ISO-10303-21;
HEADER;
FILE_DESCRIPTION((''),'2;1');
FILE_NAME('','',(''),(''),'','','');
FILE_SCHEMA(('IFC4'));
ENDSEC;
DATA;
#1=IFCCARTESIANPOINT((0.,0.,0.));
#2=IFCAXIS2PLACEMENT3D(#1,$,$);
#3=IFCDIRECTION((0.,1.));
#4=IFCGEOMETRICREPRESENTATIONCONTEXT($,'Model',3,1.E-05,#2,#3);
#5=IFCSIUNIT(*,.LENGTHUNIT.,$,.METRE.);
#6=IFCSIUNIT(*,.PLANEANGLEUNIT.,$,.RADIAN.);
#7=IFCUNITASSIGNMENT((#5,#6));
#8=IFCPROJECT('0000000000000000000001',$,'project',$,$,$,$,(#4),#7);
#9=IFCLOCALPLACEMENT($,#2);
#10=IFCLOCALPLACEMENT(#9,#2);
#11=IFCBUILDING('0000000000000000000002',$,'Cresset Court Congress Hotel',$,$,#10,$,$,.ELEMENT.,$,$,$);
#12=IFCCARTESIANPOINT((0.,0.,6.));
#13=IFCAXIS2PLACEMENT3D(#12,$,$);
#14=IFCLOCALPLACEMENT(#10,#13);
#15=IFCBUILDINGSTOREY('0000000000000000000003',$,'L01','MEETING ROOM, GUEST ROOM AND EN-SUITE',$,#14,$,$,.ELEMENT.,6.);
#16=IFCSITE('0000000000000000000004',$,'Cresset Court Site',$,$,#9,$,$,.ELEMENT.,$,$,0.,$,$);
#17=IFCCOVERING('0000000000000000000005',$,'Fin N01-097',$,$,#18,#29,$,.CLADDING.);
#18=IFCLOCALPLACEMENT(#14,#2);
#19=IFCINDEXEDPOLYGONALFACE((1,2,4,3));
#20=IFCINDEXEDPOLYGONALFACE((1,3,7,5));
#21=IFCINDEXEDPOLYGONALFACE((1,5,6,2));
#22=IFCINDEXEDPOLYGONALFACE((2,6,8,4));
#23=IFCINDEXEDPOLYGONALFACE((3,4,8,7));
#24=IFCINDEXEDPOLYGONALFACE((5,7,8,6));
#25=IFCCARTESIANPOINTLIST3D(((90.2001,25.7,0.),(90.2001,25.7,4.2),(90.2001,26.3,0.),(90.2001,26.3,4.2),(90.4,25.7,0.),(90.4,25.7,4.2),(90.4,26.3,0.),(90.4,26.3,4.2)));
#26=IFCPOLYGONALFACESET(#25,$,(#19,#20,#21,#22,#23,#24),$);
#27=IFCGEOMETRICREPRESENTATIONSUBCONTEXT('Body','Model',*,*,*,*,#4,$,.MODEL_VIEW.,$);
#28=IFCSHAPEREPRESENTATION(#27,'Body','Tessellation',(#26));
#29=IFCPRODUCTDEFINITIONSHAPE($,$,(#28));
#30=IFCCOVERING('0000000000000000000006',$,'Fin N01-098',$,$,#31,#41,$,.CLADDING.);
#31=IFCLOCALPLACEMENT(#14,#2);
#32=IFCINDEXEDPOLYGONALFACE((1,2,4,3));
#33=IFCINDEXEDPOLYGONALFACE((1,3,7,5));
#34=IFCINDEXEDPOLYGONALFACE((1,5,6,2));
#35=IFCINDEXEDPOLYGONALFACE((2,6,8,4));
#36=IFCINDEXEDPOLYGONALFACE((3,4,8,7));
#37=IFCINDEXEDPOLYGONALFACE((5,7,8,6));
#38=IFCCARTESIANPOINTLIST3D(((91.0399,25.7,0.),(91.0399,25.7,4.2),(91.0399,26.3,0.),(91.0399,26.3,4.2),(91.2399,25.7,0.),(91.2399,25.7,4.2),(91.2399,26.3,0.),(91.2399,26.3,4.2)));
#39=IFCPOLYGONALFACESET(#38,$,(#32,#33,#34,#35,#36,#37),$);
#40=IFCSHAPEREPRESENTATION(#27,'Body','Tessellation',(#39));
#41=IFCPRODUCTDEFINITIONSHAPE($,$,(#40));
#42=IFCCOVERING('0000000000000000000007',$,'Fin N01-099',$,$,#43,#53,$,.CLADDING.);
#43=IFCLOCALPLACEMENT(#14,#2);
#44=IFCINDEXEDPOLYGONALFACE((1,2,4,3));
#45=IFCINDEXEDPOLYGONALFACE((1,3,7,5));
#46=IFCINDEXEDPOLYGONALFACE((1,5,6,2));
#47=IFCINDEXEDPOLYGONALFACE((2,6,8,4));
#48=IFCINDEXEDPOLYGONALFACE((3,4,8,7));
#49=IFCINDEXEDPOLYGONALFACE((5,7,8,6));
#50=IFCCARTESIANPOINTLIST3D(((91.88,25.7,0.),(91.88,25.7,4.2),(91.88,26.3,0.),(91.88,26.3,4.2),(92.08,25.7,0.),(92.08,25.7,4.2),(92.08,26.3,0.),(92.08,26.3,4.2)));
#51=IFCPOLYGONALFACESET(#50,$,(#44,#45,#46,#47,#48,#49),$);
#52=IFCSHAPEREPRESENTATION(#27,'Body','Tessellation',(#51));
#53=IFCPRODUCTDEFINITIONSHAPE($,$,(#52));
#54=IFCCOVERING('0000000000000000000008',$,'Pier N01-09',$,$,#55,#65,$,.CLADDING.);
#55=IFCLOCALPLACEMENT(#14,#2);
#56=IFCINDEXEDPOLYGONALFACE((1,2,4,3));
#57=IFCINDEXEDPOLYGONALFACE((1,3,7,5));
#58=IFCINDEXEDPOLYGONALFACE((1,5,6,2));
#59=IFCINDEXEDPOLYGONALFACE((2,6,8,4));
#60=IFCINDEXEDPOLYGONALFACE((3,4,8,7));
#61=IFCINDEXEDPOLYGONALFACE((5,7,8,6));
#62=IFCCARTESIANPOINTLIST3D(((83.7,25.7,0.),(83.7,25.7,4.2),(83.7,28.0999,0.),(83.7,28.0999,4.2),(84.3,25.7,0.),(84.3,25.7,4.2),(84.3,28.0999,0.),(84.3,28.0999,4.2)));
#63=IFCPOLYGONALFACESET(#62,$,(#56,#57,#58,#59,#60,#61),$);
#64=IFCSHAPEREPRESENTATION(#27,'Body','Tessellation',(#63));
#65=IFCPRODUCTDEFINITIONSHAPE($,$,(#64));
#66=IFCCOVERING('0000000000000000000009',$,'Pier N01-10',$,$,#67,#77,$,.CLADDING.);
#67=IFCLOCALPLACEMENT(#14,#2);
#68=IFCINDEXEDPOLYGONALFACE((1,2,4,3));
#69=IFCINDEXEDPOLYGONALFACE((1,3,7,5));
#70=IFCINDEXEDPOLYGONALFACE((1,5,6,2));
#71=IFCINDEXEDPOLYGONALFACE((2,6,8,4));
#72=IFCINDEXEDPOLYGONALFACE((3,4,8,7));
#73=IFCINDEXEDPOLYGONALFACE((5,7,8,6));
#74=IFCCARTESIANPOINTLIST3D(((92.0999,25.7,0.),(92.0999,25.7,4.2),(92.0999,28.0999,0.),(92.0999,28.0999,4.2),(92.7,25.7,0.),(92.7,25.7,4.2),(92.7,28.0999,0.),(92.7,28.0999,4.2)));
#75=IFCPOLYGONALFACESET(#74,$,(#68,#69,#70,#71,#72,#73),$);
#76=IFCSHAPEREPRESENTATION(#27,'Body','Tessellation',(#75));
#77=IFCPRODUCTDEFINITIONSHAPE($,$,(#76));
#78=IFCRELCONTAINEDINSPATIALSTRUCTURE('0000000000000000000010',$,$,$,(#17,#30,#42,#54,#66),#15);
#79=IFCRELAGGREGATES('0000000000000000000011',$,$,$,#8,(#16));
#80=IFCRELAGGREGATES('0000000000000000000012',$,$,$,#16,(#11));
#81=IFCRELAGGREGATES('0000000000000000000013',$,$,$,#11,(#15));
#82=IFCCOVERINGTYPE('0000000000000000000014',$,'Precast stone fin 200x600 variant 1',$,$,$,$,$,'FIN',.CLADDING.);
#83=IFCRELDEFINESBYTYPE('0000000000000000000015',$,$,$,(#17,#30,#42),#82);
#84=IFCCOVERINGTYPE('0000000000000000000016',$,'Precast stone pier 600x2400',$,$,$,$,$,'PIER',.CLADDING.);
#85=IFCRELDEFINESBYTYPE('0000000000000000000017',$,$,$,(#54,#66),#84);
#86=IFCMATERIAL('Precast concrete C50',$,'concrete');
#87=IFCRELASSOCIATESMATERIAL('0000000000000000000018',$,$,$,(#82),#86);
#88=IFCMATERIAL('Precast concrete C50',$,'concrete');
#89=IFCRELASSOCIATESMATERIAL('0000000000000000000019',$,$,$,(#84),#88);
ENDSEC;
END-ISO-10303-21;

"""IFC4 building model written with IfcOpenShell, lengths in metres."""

from ifc_helpers import new_model, si_unit, direction, frame, origin, origin_2d, place, context, subcontext, project, spatial, rectangle, extrude, material, type_object, element, save


model = new_model("IFC4")

# Units and contexts
model_context = context("Model", 3, precision=1e-05, world=origin(), true_north=direction((0.0, 1.0)))
body_context = subcontext(model_context, "Body", "Model", "MODEL_VIEW")
ifc_project = project(units=[si_unit("LENGTHUNIT", "METRE"), si_unit("PLANEANGLEUNIT", "RADIAN")], contexts=[model_context])

# Site, building, storey
site_placement = place(None, origin())
site = spatial("IfcSite", under=ifc_project, at=site_placement, Name="Cresset Court Site", CompositionType="ELEMENT", RefElevation=0.0)
building_placement = place(site_placement, origin())
building = spatial("IfcBuilding", under=site, at=building_placement, Name="Cresset Court Congress Hotel", CompositionType="ELEMENT")
storey_placement = place(building_placement, frame((0.0, 0.0, 6.0)))
storey = spatial("IfcBuildingStorey", under=building, at=storey_placement, Name="L01", Description="MEETING ROOM, GUEST ROOM AND EN-SUITE", CompositionType="ELEMENT", Elevation=6.0)

# Coverings
ifc_material_1 = material(Name="Precast concrete C50", Category="concrete")
covering_type_1 = type_object("IfcCoveringType", Name="Precast stone fin 200x600 variant 1", ElementType="FIN", PredefinedType="CLADDING", material=ifc_material_1)
for number, where, z_axis, x_axis, name in (
    (1, (90.3, 26.0, 0.0), (0.0, 0.0, 1.0), (1.0, 0.0, 0.0), "Fin N01-097"),
    (2, (91.1399, 26.0, 0.0), (0.0, 0.0, 1.0), (1.0, 0.0, 0.0), "Fin N01-098"),
    (3, (91.98, 26.0, 0.0), (0.0, 0.0, 1.0), (1.0, 0.0, 0.0), "Fin N01-099"),
):
    element("IfcCovering", number, at=place(storey_placement, frame(where, z_axis=z_axis, x_axis=x_axis)), inside=storey, type_object=covering_type_1, Name=name, PredefinedType="CLADDING", context=body_context, shape_type="SweptSolid", body=[
        extrude(rectangle(XDim=0.2, YDim=0.6001, at=origin_2d()), origin(), (0.0, 0.0, 1.0), 4.2),
    ])
ifc_material_2 = material(Name="Precast concrete C50", Category="concrete")
covering_type_2 = type_object("IfcCoveringType", Name="Precast stone pier 600x2400", ElementType="PIER", PredefinedType="CLADDING", material=ifc_material_2)
for number, where, z_axis, x_axis, name in (
    (4, (84.0, 26.8999, 0.0), (0.0, 0.0, 1.0), (1.0, 0.0, 0.0), "Pier N01-09"),
    (5, (92.3999, 26.8999, 0.0), (0.0, 0.0, 1.0), (1.0, 0.0, 0.0), "Pier N01-10"),
):
    element("IfcCovering", number, at=place(storey_placement, frame(where, z_axis=z_axis, x_axis=x_axis)), inside=storey, type_object=covering_type_2, Name=name, PredefinedType="CLADDING", context=body_context, shape_type="SweptSolid", body=[
        extrude(rectangle(XDim=0.6001, YDim=2.3999, at=origin_2d()), origin(), (0.0, 0.0, 1.0), 4.2),
    ])

save(model, "model.ifc")
